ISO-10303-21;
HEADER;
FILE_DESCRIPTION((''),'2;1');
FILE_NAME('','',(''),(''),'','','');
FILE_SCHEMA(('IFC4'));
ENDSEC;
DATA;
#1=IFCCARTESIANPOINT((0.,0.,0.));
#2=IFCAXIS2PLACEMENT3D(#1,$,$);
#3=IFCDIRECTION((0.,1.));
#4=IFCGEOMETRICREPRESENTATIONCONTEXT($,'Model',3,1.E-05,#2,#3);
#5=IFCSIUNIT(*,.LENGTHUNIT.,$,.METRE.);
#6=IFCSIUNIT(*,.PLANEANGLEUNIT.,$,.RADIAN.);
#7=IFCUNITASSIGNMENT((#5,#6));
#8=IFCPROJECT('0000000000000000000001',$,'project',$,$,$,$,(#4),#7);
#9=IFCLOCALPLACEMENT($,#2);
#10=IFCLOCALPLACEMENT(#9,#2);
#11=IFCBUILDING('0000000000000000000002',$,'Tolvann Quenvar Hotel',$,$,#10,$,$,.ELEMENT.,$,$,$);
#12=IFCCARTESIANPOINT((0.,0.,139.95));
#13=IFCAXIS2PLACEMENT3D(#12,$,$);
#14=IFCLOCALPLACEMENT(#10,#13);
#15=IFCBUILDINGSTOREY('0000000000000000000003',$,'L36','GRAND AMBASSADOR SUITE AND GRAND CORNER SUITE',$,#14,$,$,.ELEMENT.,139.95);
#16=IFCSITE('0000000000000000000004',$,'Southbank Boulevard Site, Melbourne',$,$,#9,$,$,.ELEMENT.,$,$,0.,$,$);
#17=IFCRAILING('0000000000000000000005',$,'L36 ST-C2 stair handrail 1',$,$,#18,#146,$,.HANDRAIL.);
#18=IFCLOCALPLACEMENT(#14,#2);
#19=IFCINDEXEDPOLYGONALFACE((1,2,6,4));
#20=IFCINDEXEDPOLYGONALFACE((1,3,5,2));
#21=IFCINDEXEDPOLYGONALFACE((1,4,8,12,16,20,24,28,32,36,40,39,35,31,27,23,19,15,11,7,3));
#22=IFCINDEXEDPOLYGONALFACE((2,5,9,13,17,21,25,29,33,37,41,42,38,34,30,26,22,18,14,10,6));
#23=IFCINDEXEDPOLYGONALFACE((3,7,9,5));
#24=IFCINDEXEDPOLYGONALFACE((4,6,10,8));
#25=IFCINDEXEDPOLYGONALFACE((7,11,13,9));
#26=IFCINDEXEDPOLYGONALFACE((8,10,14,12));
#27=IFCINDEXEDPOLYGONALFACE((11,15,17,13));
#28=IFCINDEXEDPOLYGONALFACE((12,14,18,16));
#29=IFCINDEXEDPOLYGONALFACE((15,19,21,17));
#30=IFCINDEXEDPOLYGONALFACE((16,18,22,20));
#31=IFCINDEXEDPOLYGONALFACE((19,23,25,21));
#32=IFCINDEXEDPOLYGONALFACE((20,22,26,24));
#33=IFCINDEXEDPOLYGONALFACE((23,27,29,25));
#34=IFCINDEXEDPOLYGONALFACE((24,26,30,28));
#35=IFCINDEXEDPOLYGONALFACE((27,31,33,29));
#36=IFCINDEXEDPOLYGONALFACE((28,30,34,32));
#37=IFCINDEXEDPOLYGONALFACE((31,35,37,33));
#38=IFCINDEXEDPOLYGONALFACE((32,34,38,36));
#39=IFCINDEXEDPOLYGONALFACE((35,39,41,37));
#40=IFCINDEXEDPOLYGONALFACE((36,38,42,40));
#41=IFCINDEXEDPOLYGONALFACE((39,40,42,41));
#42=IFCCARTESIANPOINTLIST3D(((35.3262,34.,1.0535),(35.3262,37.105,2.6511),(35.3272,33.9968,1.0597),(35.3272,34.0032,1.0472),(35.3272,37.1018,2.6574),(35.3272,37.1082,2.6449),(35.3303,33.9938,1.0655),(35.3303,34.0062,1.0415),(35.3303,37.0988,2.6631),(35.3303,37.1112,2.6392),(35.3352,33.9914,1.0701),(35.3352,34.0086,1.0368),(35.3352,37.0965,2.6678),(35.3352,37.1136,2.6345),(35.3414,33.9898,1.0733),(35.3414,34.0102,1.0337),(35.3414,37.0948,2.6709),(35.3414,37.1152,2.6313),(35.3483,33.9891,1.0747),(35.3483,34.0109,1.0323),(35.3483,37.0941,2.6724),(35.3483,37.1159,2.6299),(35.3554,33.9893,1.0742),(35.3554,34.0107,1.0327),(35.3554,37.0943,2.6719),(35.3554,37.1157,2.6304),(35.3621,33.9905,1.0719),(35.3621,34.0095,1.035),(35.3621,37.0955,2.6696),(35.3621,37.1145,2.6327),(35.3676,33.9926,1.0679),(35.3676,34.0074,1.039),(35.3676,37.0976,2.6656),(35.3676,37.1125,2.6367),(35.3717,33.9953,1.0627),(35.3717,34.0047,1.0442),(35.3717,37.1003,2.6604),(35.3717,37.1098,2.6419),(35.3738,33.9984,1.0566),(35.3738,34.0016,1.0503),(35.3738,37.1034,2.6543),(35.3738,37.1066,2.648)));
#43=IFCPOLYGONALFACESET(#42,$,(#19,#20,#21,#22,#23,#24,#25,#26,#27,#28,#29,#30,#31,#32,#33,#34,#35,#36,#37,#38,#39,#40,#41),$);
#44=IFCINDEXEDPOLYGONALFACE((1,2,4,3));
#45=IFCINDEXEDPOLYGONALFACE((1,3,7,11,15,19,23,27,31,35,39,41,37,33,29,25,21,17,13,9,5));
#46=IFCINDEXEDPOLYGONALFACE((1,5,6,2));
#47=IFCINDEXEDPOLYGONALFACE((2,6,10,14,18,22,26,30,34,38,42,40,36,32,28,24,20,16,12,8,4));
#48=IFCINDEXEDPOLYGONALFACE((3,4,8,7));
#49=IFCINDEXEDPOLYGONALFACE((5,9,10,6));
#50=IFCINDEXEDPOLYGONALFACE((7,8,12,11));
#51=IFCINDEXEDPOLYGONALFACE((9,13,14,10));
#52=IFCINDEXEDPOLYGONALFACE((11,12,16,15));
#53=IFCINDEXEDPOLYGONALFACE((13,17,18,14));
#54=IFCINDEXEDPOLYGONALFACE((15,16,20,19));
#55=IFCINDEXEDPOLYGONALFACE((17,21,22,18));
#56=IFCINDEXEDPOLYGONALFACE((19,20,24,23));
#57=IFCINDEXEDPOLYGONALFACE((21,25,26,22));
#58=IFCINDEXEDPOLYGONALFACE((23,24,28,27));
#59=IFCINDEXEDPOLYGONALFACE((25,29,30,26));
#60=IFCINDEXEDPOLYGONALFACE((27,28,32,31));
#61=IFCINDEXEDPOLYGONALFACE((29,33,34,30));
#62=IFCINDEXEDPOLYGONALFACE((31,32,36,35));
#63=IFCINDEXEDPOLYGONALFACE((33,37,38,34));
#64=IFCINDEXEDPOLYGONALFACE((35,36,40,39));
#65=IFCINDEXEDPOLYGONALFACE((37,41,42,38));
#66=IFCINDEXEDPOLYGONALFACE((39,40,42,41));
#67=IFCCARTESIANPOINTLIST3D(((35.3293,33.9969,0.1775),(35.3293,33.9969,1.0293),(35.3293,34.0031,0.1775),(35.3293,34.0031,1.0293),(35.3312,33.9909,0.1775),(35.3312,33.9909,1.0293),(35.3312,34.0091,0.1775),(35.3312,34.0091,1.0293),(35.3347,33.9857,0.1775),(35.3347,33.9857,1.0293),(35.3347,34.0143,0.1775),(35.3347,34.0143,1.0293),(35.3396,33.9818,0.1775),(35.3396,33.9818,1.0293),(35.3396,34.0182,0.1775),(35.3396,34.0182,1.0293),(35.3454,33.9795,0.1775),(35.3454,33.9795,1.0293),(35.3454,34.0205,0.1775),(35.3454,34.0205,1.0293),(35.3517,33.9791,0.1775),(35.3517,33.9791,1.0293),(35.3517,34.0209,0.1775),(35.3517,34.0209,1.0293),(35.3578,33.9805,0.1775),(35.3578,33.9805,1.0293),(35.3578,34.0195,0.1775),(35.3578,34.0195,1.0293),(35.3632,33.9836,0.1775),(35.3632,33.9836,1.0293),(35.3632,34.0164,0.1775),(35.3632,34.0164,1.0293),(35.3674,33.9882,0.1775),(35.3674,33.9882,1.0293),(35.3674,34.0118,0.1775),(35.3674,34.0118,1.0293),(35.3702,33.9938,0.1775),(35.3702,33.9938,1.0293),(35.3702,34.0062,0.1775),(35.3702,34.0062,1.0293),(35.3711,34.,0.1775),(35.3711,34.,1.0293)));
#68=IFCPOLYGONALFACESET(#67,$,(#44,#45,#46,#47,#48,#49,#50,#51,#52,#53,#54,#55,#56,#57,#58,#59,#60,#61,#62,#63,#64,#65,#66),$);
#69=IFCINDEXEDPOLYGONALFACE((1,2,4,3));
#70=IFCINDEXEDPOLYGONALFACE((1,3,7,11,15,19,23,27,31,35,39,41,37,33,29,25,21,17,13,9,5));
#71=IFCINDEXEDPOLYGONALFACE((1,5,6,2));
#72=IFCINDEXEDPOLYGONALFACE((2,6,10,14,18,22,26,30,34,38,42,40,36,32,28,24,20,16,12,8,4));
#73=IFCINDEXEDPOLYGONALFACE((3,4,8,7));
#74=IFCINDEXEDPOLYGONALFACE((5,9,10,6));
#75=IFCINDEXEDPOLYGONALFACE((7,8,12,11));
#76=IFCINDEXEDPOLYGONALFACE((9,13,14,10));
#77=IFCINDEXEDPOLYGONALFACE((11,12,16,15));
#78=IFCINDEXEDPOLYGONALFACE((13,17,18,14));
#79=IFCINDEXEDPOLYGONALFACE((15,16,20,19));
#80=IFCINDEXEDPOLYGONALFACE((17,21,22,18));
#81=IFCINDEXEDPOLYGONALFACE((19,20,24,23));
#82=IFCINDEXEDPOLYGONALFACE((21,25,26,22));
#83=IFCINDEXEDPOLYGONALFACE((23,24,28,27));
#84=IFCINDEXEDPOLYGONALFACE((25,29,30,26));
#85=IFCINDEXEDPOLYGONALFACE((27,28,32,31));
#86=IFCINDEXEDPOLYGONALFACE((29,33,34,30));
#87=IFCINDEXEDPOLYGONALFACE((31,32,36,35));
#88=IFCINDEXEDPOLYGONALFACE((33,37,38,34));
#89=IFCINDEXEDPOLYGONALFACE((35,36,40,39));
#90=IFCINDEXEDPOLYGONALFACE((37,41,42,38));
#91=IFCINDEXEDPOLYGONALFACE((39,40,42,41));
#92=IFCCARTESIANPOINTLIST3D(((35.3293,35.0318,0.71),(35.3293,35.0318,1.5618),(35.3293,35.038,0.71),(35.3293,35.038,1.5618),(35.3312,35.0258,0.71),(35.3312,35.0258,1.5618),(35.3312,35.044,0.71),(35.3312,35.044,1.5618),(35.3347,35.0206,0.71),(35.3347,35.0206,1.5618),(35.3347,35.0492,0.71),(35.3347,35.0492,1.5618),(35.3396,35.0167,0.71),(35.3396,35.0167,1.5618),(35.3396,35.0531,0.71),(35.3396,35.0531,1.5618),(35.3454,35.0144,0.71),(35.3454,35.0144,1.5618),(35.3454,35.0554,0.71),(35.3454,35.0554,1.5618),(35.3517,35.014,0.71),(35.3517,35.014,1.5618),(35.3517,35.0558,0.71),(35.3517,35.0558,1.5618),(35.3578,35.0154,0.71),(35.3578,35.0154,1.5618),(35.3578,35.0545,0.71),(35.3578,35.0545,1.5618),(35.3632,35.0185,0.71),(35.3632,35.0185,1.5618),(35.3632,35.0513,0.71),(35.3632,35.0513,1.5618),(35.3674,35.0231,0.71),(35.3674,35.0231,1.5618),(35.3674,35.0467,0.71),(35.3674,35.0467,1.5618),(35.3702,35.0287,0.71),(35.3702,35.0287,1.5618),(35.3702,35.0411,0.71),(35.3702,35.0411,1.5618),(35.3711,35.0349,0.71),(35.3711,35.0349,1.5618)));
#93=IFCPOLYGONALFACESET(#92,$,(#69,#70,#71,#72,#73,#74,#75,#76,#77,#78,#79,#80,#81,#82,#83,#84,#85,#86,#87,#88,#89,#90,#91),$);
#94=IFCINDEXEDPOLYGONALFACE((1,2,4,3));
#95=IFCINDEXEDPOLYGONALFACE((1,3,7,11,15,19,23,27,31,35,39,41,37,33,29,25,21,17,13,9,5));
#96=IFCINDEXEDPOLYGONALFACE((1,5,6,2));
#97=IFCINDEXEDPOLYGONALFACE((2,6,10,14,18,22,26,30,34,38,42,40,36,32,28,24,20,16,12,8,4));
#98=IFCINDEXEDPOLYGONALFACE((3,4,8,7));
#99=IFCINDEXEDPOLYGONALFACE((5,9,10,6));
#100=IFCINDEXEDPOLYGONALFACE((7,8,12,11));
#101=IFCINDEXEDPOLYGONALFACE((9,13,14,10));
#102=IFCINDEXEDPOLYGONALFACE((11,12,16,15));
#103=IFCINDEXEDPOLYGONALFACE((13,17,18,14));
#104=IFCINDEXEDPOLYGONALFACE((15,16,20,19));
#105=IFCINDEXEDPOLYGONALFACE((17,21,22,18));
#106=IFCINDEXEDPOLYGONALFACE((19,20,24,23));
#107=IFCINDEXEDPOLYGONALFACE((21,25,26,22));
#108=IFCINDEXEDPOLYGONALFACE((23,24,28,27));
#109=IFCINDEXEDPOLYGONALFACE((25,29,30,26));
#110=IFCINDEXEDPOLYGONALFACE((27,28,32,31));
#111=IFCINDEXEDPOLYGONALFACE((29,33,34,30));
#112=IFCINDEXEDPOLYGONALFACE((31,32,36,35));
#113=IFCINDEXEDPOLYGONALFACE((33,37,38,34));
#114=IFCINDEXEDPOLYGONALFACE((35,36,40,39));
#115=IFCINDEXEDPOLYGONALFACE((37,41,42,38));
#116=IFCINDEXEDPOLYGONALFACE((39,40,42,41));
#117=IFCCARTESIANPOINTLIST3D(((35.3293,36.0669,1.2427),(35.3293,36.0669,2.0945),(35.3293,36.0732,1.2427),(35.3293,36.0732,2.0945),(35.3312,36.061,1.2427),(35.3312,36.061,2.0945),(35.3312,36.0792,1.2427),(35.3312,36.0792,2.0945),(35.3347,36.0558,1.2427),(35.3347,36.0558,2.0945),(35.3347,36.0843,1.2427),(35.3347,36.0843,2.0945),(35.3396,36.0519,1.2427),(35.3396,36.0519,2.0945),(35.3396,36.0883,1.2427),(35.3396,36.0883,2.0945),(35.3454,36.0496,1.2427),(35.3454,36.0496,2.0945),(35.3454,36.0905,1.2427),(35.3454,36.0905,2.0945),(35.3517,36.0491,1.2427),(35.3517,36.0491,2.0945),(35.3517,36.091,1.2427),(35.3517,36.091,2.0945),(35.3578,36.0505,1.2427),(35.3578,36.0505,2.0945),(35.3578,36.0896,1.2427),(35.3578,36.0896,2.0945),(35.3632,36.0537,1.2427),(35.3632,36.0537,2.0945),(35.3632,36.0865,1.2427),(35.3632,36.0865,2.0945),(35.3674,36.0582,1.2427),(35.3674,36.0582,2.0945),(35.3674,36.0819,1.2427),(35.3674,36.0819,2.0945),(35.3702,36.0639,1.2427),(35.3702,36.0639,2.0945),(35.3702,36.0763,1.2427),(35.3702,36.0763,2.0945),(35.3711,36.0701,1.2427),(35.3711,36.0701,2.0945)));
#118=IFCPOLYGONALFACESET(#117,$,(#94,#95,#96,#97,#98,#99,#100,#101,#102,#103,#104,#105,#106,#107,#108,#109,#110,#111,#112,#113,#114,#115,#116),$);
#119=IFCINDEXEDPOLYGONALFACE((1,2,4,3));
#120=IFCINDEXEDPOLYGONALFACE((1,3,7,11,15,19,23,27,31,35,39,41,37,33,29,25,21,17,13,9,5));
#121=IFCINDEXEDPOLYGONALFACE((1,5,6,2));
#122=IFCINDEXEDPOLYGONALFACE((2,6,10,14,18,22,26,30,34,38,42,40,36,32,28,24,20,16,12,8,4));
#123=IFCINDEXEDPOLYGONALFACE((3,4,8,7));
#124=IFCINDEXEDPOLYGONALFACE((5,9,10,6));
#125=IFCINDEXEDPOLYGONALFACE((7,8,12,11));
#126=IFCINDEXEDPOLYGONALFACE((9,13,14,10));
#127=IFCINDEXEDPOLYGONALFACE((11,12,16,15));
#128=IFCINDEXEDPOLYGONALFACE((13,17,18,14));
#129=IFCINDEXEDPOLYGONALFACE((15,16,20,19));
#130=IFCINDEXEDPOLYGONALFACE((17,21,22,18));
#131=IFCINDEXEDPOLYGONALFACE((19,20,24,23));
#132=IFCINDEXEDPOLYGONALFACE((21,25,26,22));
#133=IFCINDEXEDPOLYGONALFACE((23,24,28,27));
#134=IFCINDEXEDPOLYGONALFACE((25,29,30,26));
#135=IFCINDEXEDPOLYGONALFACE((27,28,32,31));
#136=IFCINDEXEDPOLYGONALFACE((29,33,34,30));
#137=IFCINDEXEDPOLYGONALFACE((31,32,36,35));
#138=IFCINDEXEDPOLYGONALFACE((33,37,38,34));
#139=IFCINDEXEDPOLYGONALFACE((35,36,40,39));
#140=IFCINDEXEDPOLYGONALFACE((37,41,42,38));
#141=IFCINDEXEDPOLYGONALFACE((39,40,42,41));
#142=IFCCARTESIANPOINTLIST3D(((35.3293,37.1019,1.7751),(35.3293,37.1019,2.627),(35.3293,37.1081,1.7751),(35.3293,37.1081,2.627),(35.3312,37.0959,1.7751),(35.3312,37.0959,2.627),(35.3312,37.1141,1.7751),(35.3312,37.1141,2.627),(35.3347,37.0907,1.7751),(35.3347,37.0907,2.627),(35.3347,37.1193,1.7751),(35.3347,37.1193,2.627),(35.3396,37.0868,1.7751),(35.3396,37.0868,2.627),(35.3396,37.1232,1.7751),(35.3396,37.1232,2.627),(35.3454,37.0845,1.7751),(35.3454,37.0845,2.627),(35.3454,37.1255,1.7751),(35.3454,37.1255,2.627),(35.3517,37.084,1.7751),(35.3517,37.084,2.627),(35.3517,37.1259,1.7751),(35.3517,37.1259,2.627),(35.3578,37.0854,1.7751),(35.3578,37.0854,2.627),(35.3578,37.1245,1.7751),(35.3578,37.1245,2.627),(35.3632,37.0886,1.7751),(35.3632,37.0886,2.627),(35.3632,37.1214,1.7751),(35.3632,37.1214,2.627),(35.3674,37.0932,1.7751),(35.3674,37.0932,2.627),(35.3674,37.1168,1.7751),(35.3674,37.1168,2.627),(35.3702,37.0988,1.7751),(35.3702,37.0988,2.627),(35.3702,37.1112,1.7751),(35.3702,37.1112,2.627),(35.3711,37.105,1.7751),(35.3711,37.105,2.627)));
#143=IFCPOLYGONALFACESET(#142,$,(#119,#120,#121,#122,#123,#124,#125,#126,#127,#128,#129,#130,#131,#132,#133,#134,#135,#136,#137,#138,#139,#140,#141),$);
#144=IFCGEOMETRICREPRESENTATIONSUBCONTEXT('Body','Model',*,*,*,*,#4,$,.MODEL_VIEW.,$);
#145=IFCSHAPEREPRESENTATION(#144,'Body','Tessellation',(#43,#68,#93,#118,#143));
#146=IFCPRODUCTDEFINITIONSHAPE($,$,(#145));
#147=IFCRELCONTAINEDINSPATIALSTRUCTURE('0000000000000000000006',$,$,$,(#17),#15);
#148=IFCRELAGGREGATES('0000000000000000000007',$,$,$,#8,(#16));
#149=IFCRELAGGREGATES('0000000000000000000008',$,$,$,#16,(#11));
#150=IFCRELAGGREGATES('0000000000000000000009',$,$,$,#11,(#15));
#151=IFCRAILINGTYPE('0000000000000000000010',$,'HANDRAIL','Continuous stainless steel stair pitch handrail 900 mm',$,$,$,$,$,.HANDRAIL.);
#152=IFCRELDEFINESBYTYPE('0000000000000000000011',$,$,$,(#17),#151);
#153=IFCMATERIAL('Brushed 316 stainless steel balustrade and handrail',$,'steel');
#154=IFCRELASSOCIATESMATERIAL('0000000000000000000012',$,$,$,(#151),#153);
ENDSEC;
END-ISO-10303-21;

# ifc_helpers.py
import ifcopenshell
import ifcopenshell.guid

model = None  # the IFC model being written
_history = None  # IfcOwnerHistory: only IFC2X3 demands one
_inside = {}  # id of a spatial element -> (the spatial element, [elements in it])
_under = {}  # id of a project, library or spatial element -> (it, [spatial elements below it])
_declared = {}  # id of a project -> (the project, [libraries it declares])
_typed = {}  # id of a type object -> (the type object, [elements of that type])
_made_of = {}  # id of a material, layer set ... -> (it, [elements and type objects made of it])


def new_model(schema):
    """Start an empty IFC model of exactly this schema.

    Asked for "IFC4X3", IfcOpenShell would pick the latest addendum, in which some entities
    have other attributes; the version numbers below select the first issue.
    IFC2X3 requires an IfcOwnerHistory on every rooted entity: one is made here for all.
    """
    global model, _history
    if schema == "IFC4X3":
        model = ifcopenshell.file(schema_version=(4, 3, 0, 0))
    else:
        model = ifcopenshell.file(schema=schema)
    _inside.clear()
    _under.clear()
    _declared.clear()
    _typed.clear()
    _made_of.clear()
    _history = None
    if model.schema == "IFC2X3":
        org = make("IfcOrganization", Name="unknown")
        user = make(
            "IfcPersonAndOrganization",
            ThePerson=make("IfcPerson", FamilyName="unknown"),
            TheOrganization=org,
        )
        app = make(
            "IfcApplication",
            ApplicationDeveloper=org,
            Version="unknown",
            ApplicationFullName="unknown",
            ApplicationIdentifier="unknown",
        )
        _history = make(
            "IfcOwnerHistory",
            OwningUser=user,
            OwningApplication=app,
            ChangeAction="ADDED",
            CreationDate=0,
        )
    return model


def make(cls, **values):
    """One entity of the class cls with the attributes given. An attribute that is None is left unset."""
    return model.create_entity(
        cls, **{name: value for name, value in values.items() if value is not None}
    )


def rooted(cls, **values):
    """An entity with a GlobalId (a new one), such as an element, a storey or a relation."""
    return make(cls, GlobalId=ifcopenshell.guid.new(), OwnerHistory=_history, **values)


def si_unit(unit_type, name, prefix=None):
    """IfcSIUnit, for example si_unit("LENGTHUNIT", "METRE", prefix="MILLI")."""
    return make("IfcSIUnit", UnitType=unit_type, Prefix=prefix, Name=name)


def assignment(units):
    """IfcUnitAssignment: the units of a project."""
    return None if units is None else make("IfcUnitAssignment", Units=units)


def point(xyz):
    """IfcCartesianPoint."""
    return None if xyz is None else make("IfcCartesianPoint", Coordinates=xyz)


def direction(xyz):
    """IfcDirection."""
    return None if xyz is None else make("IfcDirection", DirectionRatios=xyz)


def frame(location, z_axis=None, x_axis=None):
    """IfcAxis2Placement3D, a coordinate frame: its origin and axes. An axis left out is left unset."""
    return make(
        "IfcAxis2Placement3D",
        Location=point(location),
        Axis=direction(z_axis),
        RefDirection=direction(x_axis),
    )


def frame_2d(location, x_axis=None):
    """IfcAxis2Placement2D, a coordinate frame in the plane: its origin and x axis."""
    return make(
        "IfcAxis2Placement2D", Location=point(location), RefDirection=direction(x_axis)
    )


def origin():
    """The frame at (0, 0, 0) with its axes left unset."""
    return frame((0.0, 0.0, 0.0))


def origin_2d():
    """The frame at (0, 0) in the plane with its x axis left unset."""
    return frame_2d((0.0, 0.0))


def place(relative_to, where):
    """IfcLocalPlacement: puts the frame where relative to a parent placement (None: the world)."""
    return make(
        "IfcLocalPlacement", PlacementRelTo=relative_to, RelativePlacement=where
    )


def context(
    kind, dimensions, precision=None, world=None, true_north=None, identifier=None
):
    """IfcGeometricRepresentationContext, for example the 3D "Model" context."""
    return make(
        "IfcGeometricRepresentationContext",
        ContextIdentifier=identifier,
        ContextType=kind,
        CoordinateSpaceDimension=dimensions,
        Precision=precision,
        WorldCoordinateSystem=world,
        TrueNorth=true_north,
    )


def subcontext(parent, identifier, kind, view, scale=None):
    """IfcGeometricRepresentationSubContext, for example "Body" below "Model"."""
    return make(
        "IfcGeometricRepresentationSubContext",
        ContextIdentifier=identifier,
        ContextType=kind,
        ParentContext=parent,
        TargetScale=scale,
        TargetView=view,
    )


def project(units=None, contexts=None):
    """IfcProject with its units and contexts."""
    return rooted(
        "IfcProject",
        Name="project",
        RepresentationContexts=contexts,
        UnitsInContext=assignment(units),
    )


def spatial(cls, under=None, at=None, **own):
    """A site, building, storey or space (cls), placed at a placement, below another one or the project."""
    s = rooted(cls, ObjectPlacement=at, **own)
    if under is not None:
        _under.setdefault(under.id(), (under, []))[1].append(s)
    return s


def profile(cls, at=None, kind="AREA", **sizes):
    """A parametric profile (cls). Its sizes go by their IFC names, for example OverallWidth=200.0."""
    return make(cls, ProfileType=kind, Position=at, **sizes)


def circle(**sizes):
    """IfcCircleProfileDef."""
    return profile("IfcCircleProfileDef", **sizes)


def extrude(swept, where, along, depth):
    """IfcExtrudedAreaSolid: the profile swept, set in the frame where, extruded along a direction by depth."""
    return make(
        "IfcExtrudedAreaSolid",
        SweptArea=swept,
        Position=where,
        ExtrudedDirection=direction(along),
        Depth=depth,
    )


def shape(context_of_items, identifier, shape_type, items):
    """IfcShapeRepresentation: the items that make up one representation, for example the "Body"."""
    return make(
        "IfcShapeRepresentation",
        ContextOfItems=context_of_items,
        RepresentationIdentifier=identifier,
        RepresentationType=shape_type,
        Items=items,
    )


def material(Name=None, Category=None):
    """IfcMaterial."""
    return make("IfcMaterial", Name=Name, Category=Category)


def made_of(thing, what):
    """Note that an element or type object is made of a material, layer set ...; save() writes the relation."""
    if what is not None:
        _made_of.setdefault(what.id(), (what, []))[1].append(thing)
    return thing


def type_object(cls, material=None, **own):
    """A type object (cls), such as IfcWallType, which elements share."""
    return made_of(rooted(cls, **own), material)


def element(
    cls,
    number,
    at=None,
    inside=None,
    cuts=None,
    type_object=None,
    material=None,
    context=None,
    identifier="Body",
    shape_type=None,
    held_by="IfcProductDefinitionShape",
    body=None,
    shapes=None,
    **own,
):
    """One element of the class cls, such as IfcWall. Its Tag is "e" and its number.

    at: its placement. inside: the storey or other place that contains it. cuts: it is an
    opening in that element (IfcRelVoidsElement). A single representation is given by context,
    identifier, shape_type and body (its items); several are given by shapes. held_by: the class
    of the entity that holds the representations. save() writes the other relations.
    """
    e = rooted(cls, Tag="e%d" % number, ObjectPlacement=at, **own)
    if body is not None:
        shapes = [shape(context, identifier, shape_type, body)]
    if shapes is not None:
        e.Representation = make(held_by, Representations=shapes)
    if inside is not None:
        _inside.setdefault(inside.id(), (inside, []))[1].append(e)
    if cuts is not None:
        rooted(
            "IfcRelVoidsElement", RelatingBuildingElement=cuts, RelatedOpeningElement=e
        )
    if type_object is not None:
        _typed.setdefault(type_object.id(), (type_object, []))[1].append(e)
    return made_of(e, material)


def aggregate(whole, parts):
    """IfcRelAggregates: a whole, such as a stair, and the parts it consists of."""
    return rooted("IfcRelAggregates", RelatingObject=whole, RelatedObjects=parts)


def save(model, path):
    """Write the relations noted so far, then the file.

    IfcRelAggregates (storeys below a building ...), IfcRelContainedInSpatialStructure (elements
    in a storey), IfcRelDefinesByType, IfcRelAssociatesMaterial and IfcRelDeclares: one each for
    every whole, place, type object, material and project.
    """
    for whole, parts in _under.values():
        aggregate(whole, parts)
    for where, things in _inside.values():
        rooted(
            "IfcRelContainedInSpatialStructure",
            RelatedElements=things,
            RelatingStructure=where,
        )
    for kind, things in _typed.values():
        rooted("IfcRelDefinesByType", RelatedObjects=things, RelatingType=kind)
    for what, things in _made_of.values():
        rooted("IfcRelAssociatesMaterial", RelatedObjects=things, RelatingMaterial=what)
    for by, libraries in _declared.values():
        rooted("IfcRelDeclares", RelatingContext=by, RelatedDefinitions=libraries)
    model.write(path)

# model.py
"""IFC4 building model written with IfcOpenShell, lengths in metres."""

from ifc_helpers import new_model, si_unit, direction, frame, origin, origin_2d, place, context, subcontext, project, spatial, circle, extrude, material, type_object, element, save


model = new_model("IFC4")

# Units and contexts
model_context = context("Model", 3, precision=1e-05, world=origin(), true_north=direction((0.0, 1.0)))
body_context = subcontext(model_context, "Body", "Model", "MODEL_VIEW")
ifc_project = project(units=[si_unit("LENGTHUNIT", "METRE"), si_unit("PLANEANGLEUNIT", "RADIAN")], contexts=[model_context])

# Site, building, storey
site_placement = place(None, origin())
site = spatial("IfcSite", under=ifc_project, at=site_placement, Name="Southbank Boulevard Site, Melbourne", CompositionType="ELEMENT", RefElevation=0.0)
building_placement = place(site_placement, origin())
building = spatial("IfcBuilding", under=site, at=building_placement, Name="Tolvann Quenvar Hotel", CompositionType="ELEMENT")
storey_placement = place(building_placement, frame((0.0, 0.0, 139.95)))
storey = spatial("IfcBuildingStorey", under=building, at=storey_placement, Name="L36", Description="GRAND AMBASSADOR SUITE AND GRAND CORNER SUITE", CompositionType="ELEMENT", Elevation=139.95)

# Railing
ifc_material_1 = material(Name="Brushed 316 stainless steel balustrade and handrail", Category="steel")
railing_type_1 = type_object("IfcRailingType", Name="HANDRAIL", Description="Continuous stainless steel stair pitch handrail 900 mm", PredefinedType="HANDRAIL", material=ifc_material_1)
railing_1_placement = place(storey_placement, frame((35.3501, 34.0, 0.1775)))
element("IfcRailing", 1, at=railing_1_placement, inside=storey, type_object=railing_type_1, Name="L36 ST-C2 stair handrail 1", PredefinedType="HANDRAIL", context=body_context, shape_type="SweptSolid", body=[
    extrude(circle(Radius=0.0239, at=origin_2d()), frame((0.0, 0.0, 0.876), z_axis=(0.0, 0.889194, 0.457531), x_axis=(-1.0, 0.0, 0.0)), (0.0, 0.0, 1.0), 3.4919),
    extrude(circle(Radius=0.021, at=origin_2d()), origin(), (0.0, 0.0, 1.0), 0.8518),
    extrude(circle(Radius=0.021, at=origin_2d()), frame((0.0, 1.0349, 0.5325)), (0.0, 0.0, 1.0), 0.8518),
    extrude(circle(Radius=0.021, at=origin_2d()), frame((0.0, 2.0701, 1.0652)), (0.0, 0.0, 1.0), 0.8518),
    extrude(circle(Radius=0.021, at=origin_2d()), frame((0.0, 3.105, 1.5977)), (0.0, 0.0, 1.0), 0.8518),
])

save(model, "model.ifc")
